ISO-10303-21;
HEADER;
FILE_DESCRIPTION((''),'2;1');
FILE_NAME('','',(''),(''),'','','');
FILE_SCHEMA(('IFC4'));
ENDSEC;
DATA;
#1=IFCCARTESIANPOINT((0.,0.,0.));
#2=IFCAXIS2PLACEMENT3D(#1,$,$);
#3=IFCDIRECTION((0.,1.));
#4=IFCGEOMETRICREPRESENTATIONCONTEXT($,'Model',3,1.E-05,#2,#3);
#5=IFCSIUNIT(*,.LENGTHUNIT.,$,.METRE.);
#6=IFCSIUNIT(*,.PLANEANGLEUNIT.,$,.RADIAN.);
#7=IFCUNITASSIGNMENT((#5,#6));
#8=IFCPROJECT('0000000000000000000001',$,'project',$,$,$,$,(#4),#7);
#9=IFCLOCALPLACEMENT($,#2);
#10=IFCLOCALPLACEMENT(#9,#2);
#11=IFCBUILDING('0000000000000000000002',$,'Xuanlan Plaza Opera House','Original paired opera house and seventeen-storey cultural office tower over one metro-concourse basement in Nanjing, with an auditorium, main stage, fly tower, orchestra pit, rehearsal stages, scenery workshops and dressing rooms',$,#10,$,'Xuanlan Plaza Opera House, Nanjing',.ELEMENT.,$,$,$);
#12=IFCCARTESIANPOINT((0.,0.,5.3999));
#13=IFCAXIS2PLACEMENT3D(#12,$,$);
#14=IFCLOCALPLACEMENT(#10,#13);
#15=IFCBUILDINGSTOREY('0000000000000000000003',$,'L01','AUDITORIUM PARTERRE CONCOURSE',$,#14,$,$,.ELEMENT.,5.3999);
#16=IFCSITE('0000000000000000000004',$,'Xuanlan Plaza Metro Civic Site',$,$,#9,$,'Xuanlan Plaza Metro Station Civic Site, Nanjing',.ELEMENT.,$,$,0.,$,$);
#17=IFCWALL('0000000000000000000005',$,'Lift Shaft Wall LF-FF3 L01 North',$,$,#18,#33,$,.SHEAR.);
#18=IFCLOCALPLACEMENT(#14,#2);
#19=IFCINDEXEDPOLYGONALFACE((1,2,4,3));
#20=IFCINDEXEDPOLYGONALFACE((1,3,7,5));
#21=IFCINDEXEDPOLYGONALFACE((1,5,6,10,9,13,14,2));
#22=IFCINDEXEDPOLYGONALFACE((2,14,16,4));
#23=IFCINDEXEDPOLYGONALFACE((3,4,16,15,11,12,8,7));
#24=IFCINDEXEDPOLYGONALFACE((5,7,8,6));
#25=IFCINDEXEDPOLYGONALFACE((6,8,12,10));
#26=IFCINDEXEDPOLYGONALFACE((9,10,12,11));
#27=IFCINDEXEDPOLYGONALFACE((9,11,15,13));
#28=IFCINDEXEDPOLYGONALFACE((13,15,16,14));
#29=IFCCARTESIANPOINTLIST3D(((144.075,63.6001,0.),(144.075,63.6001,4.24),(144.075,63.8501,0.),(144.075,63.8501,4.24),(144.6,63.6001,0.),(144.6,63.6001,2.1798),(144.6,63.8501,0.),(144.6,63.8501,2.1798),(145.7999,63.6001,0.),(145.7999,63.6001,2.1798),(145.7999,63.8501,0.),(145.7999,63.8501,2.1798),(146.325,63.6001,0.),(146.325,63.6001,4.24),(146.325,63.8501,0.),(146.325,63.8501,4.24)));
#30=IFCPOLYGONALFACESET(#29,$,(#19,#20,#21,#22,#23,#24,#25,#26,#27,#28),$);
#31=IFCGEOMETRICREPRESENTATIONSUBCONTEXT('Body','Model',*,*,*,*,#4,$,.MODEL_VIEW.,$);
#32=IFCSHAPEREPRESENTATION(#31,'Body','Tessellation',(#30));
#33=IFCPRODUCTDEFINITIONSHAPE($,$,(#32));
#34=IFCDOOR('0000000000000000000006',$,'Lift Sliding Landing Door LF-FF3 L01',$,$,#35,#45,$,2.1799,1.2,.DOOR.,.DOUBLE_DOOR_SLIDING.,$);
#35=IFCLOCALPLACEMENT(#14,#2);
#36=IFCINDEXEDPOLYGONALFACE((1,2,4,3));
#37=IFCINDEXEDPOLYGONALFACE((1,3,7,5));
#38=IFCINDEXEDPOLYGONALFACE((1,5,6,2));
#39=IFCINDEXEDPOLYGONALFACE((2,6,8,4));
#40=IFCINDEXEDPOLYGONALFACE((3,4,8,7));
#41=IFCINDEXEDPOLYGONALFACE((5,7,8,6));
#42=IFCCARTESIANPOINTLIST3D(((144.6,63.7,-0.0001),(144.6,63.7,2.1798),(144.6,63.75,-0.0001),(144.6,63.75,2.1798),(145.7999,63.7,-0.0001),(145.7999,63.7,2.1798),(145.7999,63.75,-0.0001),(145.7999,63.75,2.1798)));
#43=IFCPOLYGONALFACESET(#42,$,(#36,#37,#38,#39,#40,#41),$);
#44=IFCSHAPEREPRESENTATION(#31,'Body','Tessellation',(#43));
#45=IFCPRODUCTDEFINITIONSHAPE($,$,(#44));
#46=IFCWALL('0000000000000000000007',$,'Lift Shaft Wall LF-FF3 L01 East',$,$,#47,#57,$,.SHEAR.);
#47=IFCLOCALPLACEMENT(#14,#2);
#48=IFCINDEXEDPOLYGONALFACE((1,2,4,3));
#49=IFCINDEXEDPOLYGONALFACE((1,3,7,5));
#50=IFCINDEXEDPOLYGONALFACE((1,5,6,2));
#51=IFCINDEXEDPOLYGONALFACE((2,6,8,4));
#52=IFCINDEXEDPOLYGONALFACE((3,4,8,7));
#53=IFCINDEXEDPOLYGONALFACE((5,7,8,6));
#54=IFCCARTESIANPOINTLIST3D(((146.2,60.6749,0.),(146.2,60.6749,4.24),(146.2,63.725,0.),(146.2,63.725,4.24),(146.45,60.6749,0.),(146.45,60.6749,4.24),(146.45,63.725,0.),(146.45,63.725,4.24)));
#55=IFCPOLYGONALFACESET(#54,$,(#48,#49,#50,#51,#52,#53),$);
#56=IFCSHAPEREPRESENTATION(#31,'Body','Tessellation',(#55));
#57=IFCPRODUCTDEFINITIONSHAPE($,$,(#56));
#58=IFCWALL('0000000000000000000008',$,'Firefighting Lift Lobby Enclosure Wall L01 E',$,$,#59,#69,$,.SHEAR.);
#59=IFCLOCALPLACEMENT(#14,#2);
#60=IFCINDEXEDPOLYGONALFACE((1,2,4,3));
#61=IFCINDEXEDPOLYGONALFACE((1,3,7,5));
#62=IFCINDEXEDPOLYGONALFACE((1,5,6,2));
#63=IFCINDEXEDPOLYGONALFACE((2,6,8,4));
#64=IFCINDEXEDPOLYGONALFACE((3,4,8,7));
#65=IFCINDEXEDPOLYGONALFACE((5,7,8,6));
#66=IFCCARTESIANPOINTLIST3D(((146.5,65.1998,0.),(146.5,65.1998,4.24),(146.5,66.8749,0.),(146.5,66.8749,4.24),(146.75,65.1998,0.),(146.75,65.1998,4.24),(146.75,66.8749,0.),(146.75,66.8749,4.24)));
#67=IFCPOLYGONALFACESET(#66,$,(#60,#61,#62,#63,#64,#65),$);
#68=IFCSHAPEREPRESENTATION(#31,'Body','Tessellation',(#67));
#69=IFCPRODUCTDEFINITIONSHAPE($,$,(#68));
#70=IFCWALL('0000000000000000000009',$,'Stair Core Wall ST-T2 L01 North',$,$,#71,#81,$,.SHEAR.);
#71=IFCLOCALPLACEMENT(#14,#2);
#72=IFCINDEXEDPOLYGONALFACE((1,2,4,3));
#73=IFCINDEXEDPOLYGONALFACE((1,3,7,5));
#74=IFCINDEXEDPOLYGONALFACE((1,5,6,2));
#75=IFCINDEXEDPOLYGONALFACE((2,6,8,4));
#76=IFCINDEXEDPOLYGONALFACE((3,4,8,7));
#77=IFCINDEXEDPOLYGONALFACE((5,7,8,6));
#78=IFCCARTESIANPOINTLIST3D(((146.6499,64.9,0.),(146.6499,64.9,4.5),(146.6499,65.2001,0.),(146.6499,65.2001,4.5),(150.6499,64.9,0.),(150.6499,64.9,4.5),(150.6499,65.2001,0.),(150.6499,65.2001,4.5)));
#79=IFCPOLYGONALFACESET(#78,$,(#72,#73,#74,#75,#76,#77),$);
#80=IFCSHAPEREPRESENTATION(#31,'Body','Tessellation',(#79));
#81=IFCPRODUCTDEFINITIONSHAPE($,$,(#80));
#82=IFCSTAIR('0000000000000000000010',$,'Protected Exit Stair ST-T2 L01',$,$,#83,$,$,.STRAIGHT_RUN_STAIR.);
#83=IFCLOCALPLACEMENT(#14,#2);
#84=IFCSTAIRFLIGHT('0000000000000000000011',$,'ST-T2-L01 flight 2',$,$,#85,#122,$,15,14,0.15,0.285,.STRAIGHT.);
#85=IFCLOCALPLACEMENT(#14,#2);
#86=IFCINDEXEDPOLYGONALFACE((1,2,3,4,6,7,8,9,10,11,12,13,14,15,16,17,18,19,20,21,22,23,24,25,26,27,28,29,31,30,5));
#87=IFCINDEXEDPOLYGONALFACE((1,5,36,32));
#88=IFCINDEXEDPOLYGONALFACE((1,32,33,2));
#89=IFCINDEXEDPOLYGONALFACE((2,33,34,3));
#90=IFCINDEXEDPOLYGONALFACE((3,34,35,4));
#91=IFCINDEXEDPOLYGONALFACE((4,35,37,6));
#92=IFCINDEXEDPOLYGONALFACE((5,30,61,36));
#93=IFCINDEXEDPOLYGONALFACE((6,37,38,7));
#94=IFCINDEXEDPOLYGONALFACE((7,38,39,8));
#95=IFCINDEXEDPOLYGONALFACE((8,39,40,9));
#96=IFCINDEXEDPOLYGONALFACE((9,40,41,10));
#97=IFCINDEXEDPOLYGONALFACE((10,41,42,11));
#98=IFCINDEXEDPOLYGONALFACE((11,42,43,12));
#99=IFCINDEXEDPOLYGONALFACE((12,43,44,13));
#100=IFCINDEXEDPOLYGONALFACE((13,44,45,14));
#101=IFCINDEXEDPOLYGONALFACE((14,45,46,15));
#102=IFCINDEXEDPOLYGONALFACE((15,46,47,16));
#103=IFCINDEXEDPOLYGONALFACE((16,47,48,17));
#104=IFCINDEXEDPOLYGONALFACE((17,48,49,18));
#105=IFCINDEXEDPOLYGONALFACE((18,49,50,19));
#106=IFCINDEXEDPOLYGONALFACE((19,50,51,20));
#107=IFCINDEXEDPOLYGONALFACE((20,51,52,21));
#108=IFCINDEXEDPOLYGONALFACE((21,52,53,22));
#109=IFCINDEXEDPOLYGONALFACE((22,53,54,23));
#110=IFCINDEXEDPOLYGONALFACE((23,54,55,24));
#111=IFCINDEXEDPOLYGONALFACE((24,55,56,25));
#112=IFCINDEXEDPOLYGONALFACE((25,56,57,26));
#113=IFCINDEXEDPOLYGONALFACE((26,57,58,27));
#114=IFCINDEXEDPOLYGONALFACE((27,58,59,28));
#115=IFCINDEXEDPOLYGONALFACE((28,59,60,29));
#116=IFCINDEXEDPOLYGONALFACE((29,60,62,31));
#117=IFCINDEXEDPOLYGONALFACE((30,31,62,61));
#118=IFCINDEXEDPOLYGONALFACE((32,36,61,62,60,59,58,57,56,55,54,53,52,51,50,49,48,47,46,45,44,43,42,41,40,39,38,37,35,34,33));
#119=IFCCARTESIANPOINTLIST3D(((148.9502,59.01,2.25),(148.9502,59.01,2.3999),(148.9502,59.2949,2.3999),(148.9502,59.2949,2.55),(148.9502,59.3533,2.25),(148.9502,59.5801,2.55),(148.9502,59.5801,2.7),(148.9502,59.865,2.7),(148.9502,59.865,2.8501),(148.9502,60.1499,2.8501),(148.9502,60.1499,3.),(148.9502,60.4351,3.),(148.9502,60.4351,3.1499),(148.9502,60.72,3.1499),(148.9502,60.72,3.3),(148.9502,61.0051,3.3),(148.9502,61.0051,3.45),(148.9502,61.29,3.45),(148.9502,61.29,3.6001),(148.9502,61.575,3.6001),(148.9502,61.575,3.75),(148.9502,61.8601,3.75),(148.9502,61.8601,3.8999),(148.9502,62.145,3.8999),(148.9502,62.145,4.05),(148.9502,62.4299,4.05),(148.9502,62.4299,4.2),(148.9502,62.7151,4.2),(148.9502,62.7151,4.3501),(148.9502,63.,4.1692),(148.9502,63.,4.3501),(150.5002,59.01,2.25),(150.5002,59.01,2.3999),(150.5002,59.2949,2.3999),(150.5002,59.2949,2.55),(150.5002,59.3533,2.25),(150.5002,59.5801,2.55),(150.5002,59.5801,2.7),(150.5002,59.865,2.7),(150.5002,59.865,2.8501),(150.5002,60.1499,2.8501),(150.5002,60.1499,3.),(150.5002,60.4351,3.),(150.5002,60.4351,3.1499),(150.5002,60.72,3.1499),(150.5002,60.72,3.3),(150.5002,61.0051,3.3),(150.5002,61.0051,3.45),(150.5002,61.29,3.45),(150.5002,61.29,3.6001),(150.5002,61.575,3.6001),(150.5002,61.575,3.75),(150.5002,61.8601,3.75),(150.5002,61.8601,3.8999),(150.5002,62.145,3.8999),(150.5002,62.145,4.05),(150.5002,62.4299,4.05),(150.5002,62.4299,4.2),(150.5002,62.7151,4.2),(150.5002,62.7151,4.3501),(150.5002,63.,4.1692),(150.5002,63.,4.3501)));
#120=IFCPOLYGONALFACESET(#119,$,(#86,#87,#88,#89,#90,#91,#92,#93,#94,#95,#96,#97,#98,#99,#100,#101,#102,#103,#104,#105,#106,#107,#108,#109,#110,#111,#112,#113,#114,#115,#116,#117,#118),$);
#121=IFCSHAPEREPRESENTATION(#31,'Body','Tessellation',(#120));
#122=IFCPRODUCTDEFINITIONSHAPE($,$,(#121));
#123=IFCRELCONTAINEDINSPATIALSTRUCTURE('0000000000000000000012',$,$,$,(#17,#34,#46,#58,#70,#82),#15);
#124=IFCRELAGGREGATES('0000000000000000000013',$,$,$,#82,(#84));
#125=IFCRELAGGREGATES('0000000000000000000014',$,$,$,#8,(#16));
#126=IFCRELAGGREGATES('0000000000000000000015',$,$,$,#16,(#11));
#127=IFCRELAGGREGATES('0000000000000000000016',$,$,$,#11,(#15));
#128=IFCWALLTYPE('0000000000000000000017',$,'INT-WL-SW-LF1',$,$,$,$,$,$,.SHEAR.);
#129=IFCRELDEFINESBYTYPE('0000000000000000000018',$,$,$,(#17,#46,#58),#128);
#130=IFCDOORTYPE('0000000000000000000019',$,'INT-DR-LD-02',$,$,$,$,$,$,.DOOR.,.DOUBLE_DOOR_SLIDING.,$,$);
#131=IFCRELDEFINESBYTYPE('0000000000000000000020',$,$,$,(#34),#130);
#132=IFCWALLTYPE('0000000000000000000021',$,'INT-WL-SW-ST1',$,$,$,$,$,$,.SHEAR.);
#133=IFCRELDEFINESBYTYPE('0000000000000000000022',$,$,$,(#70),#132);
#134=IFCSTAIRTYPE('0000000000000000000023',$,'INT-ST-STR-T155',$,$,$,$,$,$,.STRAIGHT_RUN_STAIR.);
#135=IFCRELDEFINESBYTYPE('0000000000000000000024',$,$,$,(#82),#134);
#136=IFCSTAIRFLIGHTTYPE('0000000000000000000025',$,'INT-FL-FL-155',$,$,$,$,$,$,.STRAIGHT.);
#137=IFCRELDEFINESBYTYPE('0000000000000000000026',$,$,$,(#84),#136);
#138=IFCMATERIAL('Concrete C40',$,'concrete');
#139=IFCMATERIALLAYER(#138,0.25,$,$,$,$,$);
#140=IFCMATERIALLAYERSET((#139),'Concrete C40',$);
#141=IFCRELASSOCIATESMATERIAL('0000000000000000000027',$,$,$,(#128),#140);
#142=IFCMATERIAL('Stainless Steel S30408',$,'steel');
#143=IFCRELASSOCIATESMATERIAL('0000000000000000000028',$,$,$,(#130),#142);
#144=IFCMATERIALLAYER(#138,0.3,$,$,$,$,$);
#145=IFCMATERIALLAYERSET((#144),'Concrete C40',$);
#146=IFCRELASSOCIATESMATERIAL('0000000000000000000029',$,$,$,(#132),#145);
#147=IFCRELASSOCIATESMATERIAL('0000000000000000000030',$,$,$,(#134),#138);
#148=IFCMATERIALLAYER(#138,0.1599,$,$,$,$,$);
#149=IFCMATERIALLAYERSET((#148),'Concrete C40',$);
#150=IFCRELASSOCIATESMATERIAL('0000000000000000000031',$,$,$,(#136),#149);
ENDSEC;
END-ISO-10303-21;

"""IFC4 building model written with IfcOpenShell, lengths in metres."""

from ifc_helpers import new_model, si_unit, direction, frame, frame_2d, origin, place, context, subcontext, project, spatial, polyline, rectangle, outline, extrude, material, layer, layer_set, type_object, element, fill, aggregate, save


model = new_model("IFC4")

# Units and contexts
model_context = context("Model", 3, precision=1e-05, world=origin(), true_north=direction((0.0, 1.0)))
body_context = subcontext(model_context, "Body", "Model", "MODEL_VIEW")
ifc_project = project(units=[si_unit("LENGTHUNIT", "METRE"), si_unit("PLANEANGLEUNIT", "RADIAN")], contexts=[model_context])

# Site, building, storey
site_placement = place(None, origin())
site = spatial("IfcSite", under=ifc_project, at=site_placement, Name="Xuanlan Plaza Metro Civic Site", LongName="Xuanlan Plaza Metro Station Civic Site, Nanjing", CompositionType="ELEMENT", RefElevation=0.0)
building_placement = place(site_placement, origin())
building = spatial("IfcBuilding", under=site, at=building_placement, Name="Xuanlan Plaza Opera House", Description="Original paired opera house and seventeen-storey cultural office tower over one metro-concourse basement in Nanjing, with an auditorium, main stage, fly tower, orchestra pit, rehearsal stages, scenery workshops and dressing rooms", LongName="Xuanlan Plaza Opera House, Nanjing", CompositionType="ELEMENT")
storey_placement = place(building_placement, frame((0.0, 0.0, 5.3999)))
storey = spatial("IfcBuildingStorey", under=building, at=storey_placement, Name="L01", Description="AUDITORIUM PARTERRE CONCOURSE", CompositionType="ELEMENT", Elevation=5.3999)

# Shared definitions
ifc_material_1 = material(Name="Concrete C40", Category="concrete")

# Shared definitions
ifc_layer_1 = layer(ifc_material_1, 0.25)
ifc_layer_set_1 = layer_set([ifc_layer_1], Name="Concrete C40")
wall_type_1 = type_object("IfcWallType", Name="INT-WL-SW-LF1", PredefinedType="SHEAR", material=ifc_layer_set_1)

# Wall, opening, door
wall_1_placement = place(storey_placement, frame((144.075, 63.7251, 0.0), z_axis=(0.0, 0.0, 1.0), x_axis=(1.0, 0.0, 0.0)))
wall_1 = element("IfcWall", 1, at=wall_1_placement, inside=storey, type_object=wall_type_1, Name="Lift Shaft Wall LF-FF3 L01 North", PredefinedType="SHEAR", context=body_context, shape_type="SweptSolid", body=[
    extrude(rectangle(XDim=2.25, YDim=0.25, at=frame_2d((1.125, 0.0))), origin(), (0.0, 0.0, 1.0), 4.24),
])
opening_placement = place(wall_1_placement, frame((0.5249, 0.0, 0.0)))
opening = element("IfcOpeningElement", 2, at=opening_placement, cuts=wall_1, PredefinedType="OPENING", context=body_context, shape_type="SweptSolid", body=[
    extrude(rectangle(XDim=1.2, YDim=2.1799, at=frame_2d((0.6001, 1.0898))), frame((0.0, 0.135, 0.0), z_axis=(0.0, -1.0, 0.0), x_axis=(1.0, 0.0, 0.0)), (0.0, 0.0, 1.0), 0.27),
])
ifc_material_2 = material(Name="Stainless Steel S30408", Category="steel")
door_type = type_object("IfcDoorType", Name="INT-DR-LD-02", OperationType="DOUBLE_DOOR_SLIDING", PredefinedType="DOOR", material=ifc_material_2)
door_placement = place(opening_placement, origin())
door = element("IfcDoor", 3, at=door_placement, inside=storey, type_object=door_type, Name="Lift Sliding Landing Door LF-FF3 L01", OperationType="DOUBLE_DOOR_SLIDING", OverallHeight=2.1799, OverallWidth=1.2, PredefinedType="DOOR", context=body_context, shape_type="SweptSolid", body=[
    extrude(rectangle(XDim=1.2, YDim=2.1799, at=frame_2d((0.6001, 1.0898))), frame((0.0, 0.0249, 0.0), z_axis=(0.0, -1.0, 0.0), x_axis=(1.0, 0.0, 0.0)), (0.0, 0.0, 1.0), 0.05),
])
fill(opening, door)

# Walls
wall_2_placement = place(storey_placement, frame((146.325, 60.675, 0.0), z_axis=(0.0, 0.0, 1.0), x_axis=(0.0, 1.0, 0.0)))
element("IfcWall", 4, at=wall_2_placement, inside=storey, type_object=wall_type_1, Name="Lift Shaft Wall LF-FF3 L01 East", PredefinedType="SHEAR", context=body_context, shape_type="SweptSolid", body=[
    extrude(rectangle(XDim=3.05, YDim=0.25, at=frame_2d((1.5249, 0.0))), origin(), (0.0, 0.0, 1.0), 4.24),
])
wall_3_placement = place(storey_placement, frame((146.625, 65.2, 0.0), z_axis=(0.0, 0.0, 1.0), x_axis=(0.0, 1.0, 0.0)))
element("IfcWall", 5, at=wall_3_placement, inside=storey, type_object=wall_type_1, Name="Firefighting Lift Lobby Enclosure Wall L01 E", PredefinedType="SHEAR", context=body_context, shape_type="SweptSolid", body=[
    extrude(rectangle(XDim=1.675, YDim=0.25, at=frame_2d((0.8374, 0.0))), origin(), (0.0, 0.0, 1.0), 4.24),
])
ifc_layer_2 = layer(ifc_material_1, 0.3)
ifc_layer_set_2 = layer_set([ifc_layer_2], Name="Concrete C40")
wall_type_2 = type_object("IfcWallType", Name="INT-WL-SW-ST1", PredefinedType="SHEAR", material=ifc_layer_set_2)
wall_4_placement = place(storey_placement, frame((146.6499, 65.05, 0.0), z_axis=(0.0, 0.0, 1.0), x_axis=(1.0, 0.0, 0.0)))
element("IfcWall", 6, at=wall_4_placement, inside=storey, type_object=wall_type_2, Name="Stair Core Wall ST-T2 L01 North", PredefinedType="SHEAR", context=body_context, shape_type="SweptSolid", body=[
    extrude(rectangle(XDim=4.0, YDim=0.3, at=frame_2d((2.0, 0.0))), origin(), (0.0, 0.0, 1.0), 4.5),
])

# Stair, stair flight
stair_type = type_object("IfcStairType", Name="INT-ST-STR-T155", PredefinedType="STRAIGHT_RUN_STAIR", material=ifc_material_1)
stair_placement = place(storey_placement, origin())
stair = element("IfcStair", 7, at=stair_placement, inside=storey, type_object=stair_type, Name="Protected Exit Stair ST-T2 L01", PredefinedType="STRAIGHT_RUN_STAIR")
ifc_layer_3 = layer(ifc_material_1, 0.1599)
ifc_layer_set_3 = layer_set([ifc_layer_3], Name="Concrete C40")
stair_flight_type = type_object("IfcStairFlightType", Name="INT-FL-FL-155", PredefinedType="STRAIGHT", material=ifc_layer_set_3)
stair_flight_placement = place(storey_placement, frame((149.7251, 59.01, 2.25), z_axis=(0.0, 0.0, 1.0), x_axis=(0.0, 1.0, 0.0)))
stair_flight = element("IfcStairFlight", 8, at=stair_flight_placement, type_object=stair_flight_type, Name="ST-T2-L01 flight 2", NumberOfRisers=15, NumberOfTreads=14, PredefinedType="STRAIGHT", RiserHeight=0.15, TreadLength=0.285, context=body_context, shape_type="SweptSolid", body=[
    extrude(outline(polyline([(0.0, 0.0), (0.0, 0.1499), (0.2849, 0.1499), (0.2849, 0.3), (0.5701, 0.3), (0.5701, 0.45), (0.855, 0.45), (0.855, 0.6001), (1.1399, 0.6001), (1.1399, 0.75), (1.425, 0.75), (1.425, 0.8999), (1.71, 0.8999), (1.71, 1.05), (1.9951, 1.05), (1.9951, 1.2), (2.28, 1.2), (2.28, 1.3501), (2.5649, 1.3501), (2.5649, 1.5), (2.8501, 1.5), (2.8501, 1.6499), (3.135, 1.6499), (3.135, 1.8), (3.4199, 1.8), (3.4199, 1.95), (3.7051, 1.95), (3.7051, 2.1001), (3.99, 2.1001), (3.99, 2.25), (3.99, 1.9192), (0.3433, 0.0), (0.0, 0.0)])), frame((0.0, 0.7749, 0.0), z_axis=(0.0, -1.0, 0.0), x_axis=(1.0, 0.0, 0.0)), (0.0, 0.0, 1.0), 1.55),
])
aggregate(stair, [stair_flight])

save(model, "model.ifc")
